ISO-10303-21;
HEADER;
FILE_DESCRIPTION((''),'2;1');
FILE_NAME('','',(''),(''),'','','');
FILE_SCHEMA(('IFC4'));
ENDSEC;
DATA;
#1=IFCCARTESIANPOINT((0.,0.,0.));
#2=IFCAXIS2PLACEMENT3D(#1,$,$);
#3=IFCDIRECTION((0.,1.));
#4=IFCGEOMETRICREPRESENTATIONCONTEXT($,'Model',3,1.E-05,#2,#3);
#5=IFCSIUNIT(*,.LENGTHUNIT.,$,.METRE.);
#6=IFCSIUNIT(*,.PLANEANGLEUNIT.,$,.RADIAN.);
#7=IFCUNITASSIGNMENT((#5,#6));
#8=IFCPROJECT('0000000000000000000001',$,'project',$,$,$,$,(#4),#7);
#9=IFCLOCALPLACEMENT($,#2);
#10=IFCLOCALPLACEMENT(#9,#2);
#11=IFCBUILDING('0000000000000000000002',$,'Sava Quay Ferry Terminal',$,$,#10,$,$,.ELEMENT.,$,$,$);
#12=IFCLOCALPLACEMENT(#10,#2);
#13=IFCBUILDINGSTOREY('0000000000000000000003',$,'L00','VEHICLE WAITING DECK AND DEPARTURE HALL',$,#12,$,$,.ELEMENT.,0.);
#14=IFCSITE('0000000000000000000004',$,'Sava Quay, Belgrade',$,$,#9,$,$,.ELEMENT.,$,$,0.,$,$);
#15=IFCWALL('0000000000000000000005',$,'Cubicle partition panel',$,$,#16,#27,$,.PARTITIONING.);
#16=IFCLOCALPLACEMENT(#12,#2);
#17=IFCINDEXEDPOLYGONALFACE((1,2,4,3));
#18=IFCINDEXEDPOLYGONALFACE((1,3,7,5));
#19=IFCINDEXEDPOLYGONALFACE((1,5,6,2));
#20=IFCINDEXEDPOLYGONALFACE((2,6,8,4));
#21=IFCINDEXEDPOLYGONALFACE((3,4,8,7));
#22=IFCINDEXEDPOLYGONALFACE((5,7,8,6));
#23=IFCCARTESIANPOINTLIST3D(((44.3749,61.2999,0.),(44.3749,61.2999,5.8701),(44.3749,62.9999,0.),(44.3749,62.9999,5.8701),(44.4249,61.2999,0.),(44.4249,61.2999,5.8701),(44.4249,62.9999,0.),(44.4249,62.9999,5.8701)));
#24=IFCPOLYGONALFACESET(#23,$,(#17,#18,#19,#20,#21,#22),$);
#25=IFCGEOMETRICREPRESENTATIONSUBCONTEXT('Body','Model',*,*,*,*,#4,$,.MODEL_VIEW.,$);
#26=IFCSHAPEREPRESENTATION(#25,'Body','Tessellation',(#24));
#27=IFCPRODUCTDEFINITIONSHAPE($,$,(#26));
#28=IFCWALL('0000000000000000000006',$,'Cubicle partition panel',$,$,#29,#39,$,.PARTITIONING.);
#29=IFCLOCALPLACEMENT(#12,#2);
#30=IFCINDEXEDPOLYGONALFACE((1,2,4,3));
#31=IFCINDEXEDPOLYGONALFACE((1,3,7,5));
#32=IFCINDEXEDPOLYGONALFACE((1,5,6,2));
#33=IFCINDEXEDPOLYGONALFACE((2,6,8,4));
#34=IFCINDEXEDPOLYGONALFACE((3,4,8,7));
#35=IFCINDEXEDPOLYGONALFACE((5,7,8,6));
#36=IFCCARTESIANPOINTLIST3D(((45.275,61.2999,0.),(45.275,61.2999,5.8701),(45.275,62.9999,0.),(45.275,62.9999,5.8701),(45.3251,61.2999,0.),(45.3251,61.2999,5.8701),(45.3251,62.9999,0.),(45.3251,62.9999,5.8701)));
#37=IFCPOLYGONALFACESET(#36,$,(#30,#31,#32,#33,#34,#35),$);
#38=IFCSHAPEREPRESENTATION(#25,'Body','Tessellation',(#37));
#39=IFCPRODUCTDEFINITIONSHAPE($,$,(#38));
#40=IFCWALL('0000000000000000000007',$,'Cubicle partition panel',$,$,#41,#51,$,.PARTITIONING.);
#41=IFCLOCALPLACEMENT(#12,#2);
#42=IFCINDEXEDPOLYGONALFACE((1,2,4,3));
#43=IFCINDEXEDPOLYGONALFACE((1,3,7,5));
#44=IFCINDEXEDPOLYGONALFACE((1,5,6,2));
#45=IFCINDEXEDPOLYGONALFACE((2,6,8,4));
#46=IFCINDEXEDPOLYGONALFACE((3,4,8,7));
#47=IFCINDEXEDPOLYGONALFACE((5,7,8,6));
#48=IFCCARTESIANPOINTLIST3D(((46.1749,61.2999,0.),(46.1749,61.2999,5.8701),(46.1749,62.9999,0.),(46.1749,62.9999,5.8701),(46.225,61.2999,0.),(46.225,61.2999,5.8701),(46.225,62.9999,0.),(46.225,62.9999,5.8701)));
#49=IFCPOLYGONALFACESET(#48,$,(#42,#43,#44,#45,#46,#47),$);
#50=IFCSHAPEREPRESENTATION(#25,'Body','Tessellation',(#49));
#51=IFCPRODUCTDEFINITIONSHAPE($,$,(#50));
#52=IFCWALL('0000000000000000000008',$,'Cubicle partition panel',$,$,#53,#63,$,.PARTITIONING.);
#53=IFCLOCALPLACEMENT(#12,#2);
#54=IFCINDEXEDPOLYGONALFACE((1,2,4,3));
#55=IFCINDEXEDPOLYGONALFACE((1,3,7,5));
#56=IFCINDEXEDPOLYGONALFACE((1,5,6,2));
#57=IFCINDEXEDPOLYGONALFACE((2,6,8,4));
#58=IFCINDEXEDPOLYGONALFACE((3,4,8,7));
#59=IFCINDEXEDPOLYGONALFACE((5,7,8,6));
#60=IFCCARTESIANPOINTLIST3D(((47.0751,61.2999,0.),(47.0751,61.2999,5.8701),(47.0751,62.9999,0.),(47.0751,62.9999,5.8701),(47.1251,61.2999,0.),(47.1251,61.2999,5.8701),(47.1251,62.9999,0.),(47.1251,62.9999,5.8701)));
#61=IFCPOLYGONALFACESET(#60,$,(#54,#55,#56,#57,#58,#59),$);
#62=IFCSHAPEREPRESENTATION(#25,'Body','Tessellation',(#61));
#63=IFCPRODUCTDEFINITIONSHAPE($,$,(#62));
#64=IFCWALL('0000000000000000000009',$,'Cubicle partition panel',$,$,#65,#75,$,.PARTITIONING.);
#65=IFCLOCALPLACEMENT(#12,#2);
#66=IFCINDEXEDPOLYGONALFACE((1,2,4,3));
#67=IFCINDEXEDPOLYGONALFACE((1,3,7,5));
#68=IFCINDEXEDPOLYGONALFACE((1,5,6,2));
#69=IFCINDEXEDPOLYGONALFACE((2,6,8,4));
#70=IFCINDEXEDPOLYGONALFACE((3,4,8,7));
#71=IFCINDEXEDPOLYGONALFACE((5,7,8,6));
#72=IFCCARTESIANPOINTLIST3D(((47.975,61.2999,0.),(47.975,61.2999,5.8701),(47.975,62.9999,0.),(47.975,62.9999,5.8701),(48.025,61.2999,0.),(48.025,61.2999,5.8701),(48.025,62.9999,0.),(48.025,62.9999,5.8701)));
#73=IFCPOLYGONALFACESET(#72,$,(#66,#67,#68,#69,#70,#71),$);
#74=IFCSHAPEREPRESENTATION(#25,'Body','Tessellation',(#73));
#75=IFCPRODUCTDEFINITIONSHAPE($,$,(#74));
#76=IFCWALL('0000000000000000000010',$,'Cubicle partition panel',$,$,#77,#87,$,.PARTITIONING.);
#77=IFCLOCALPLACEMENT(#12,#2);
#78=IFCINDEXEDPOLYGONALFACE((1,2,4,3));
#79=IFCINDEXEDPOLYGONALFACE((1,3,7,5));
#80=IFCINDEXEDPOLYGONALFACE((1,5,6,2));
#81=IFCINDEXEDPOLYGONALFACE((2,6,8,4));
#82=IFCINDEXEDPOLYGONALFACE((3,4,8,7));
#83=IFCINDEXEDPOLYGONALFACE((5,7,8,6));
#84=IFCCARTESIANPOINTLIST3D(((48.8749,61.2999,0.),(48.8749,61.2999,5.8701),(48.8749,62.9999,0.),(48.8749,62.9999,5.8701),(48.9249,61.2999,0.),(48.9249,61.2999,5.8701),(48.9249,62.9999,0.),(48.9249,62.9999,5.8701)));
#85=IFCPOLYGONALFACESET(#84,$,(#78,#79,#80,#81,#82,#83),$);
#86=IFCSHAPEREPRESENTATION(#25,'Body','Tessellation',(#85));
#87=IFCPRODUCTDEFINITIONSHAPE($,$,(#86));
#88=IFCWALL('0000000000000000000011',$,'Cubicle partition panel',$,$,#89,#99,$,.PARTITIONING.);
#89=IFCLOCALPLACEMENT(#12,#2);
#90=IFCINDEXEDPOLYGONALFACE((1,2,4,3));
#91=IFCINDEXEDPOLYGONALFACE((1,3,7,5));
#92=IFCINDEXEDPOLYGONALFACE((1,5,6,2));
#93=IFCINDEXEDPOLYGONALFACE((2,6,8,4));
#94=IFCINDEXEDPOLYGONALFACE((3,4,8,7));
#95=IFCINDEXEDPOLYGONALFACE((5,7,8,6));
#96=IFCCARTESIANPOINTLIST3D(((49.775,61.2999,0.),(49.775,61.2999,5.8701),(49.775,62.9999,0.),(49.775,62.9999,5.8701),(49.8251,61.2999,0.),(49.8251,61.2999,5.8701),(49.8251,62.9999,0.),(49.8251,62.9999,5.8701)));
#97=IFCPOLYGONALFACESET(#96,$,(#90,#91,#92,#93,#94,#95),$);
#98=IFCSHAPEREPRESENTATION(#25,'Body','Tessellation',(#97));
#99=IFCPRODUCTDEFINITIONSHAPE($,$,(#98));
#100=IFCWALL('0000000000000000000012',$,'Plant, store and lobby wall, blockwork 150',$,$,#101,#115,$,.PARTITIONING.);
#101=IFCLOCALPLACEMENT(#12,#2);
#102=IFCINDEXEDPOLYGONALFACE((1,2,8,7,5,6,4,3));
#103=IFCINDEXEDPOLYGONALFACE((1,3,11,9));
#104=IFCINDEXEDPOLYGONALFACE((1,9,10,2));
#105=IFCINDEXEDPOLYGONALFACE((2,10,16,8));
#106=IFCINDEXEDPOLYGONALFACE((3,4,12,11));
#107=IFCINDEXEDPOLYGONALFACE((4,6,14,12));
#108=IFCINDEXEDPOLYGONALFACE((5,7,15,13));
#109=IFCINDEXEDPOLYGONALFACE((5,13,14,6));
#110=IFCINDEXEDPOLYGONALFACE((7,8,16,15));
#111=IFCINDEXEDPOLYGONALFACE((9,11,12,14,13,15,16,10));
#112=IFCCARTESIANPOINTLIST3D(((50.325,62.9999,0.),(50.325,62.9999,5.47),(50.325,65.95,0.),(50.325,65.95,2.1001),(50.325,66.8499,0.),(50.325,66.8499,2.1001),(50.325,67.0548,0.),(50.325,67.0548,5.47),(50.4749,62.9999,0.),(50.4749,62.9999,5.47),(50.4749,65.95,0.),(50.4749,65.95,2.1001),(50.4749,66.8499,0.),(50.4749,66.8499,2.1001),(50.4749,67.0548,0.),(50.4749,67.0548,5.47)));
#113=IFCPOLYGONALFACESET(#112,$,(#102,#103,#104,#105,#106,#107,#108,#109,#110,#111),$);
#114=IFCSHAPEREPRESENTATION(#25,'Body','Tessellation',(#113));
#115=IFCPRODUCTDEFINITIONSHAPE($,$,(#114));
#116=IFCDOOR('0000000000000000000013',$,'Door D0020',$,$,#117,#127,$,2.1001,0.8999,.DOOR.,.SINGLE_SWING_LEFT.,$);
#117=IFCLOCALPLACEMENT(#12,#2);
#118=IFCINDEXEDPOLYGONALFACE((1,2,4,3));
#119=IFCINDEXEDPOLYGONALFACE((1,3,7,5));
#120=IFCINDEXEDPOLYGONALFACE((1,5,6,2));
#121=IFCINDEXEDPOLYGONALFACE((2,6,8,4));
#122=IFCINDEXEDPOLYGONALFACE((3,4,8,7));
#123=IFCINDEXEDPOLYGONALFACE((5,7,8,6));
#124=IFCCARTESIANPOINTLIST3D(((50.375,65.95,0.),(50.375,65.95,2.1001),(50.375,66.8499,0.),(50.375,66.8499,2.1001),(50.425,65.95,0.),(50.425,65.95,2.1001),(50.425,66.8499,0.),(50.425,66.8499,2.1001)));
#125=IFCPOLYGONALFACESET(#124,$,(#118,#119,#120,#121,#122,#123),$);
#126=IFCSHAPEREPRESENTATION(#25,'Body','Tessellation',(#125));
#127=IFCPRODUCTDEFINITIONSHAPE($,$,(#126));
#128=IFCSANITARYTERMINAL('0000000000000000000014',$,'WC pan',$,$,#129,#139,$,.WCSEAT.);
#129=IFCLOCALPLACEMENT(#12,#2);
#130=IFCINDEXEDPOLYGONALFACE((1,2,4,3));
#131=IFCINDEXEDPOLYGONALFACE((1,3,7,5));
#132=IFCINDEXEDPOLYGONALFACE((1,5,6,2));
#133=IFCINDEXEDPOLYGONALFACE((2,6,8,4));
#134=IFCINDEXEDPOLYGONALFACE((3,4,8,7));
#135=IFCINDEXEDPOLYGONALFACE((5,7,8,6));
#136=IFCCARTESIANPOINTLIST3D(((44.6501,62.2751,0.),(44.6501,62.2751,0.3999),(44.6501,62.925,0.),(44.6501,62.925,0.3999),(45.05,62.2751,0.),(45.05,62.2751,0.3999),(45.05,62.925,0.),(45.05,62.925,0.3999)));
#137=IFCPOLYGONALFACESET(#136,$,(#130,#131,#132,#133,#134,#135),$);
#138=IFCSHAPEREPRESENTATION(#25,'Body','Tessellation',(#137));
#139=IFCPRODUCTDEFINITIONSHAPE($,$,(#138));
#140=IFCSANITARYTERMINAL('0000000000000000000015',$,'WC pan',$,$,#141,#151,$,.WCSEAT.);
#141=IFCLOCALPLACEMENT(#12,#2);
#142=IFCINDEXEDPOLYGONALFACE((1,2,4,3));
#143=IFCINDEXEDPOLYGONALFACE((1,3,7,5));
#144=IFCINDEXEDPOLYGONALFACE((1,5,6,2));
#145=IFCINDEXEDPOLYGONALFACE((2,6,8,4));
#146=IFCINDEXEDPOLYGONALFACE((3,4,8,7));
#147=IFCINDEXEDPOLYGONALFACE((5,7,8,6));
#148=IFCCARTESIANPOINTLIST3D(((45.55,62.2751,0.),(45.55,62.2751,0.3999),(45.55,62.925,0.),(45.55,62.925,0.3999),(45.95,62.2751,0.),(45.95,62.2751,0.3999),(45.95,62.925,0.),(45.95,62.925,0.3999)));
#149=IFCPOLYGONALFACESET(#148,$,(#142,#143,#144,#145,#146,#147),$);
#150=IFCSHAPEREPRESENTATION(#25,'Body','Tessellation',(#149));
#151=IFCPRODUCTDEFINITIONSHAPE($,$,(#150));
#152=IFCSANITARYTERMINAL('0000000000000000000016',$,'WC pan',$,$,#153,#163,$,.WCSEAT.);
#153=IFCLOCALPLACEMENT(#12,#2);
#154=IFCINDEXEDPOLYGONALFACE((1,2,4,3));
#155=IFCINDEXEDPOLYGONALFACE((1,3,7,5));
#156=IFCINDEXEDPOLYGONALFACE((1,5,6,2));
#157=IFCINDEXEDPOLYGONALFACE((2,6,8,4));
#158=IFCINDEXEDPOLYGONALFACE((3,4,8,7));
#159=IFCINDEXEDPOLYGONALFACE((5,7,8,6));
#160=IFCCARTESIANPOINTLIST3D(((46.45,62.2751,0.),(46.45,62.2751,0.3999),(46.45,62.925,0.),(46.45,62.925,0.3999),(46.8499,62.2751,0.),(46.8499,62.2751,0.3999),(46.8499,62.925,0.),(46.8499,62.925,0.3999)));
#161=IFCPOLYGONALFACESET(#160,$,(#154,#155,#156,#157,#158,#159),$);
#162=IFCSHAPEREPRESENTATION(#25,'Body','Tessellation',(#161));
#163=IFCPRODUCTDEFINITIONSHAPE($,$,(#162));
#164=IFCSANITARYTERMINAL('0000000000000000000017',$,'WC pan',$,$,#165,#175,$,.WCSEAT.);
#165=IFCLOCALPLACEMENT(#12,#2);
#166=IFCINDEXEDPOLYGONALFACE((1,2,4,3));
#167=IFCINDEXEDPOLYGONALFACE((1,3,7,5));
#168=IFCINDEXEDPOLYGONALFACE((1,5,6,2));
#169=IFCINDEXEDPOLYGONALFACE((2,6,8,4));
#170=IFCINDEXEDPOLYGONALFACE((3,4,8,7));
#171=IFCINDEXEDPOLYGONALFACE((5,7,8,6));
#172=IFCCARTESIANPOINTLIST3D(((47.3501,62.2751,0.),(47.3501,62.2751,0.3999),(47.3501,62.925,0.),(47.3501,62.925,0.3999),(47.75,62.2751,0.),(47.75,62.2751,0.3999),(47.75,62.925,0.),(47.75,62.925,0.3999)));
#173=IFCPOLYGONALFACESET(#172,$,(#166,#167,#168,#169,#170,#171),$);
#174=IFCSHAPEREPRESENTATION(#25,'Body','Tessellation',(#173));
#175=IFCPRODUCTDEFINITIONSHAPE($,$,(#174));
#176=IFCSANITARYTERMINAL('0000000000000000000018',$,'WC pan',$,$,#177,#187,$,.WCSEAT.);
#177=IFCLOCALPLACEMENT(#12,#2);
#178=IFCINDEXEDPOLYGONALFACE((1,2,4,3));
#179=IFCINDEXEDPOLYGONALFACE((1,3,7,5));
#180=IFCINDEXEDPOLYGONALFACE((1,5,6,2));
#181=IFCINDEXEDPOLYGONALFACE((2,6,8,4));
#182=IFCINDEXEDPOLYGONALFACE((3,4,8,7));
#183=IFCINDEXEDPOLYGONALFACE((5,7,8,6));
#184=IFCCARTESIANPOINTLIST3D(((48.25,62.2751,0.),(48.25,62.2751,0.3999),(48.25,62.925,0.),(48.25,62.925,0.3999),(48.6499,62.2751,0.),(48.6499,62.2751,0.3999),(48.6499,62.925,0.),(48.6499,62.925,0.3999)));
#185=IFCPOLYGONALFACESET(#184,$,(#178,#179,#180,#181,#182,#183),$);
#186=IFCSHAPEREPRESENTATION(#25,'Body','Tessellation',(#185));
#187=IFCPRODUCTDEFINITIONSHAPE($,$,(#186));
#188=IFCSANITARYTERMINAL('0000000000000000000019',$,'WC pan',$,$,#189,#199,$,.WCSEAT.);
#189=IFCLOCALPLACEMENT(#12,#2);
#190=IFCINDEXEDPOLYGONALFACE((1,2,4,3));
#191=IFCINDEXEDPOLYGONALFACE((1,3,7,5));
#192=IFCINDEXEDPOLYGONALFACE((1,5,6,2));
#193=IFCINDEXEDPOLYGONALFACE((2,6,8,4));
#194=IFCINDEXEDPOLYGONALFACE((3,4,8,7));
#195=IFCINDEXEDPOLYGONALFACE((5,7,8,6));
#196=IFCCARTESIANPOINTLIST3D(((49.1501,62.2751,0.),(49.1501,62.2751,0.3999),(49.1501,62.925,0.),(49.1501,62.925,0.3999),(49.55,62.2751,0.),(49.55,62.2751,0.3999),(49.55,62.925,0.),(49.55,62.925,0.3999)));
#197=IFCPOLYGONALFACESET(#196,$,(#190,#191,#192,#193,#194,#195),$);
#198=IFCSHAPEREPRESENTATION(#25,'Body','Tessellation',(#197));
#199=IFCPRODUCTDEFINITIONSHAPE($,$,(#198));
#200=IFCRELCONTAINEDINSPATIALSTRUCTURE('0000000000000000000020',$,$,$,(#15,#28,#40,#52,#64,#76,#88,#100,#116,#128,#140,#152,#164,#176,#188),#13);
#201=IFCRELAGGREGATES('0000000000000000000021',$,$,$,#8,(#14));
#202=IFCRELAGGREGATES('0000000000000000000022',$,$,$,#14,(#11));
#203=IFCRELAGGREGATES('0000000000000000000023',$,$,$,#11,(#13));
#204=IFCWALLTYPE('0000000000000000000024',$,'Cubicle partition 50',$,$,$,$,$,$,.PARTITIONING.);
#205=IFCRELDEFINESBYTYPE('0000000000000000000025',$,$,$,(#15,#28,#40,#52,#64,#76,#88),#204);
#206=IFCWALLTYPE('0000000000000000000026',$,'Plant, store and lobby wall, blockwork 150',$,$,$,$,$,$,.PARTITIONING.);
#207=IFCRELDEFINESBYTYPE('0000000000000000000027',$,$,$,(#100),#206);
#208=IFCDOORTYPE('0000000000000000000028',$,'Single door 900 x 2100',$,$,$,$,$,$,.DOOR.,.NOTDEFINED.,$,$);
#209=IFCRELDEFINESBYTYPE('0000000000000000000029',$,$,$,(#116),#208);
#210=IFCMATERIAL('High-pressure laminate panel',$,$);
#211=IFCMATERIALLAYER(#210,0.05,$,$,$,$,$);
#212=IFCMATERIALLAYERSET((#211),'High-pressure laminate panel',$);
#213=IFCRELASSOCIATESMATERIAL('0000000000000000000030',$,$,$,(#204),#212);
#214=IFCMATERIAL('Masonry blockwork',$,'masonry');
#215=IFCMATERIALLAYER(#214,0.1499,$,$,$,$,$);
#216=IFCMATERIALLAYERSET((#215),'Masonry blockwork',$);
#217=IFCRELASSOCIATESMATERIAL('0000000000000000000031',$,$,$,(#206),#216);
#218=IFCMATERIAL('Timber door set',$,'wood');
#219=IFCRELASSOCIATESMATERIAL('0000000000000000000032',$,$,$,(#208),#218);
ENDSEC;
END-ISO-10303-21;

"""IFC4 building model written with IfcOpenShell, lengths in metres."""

from ifc_helpers import new_model, si_unit, direction, frame, frame_2d, origin, origin_2d, place, context, subcontext, project, spatial, rectangle, extrude, material, layer, layer_set, type_object, element, fill, save


model = new_model("IFC4")

# Units and contexts
model_context = context("Model", 3, precision=1e-05, world=origin(), true_north=direction((0.0, 1.0)))
body_context = subcontext(model_context, "Body", "Model", "MODEL_VIEW")
ifc_project = project(units=[si_unit("LENGTHUNIT", "METRE"), si_unit("PLANEANGLEUNIT", "RADIAN")], contexts=[model_context])

# Site, building, storey
site_placement = place(None, origin())
site = spatial("IfcSite", under=ifc_project, at=site_placement, Name="Sava Quay, Belgrade", CompositionType="ELEMENT", RefElevation=0.0)
building_placement = place(site_placement, origin())
building = spatial("IfcBuilding", under=site, at=building_placement, Name="Sava Quay Ferry Terminal", CompositionType="ELEMENT")
storey_placement = place(building_placement, origin())
storey = spatial("IfcBuildingStorey", under=building, at=storey_placement, Name="L00", Description="VEHICLE WAITING DECK AND DEPARTURE HALL", CompositionType="ELEMENT", Elevation=0.0)

# Shared definitions
ifc_material_1 = material(Name="High-pressure laminate panel")
ifc_layer_1 = layer(ifc_material_1, 0.05)
ifc_layer_set_1 = layer_set([ifc_layer_1], Name="High-pressure laminate panel")
wall_type_1 = type_object("IfcWallType", Name="Cubicle partition 50", PredefinedType="PARTITIONING", material=ifc_layer_set_1)

# Walls
for number, where, z_axis, x_axis, name in (
    (1, (44.3999, 63.0, 0.0), (0.0, 0.0, 1.0), (0.0, -1.0, 0.0), "Cubicle partition panel"),
    (2, (45.3, 63.0, 0.0), (0.0, 0.0, 1.0), (0.0, -1.0, 0.0), "Cubicle partition panel"),
    (3, (46.2, 63.0, 0.0), (0.0, 0.0, 1.0), (0.0, -1.0, 0.0), "Cubicle partition panel"),
    (4, (47.1001, 63.0, 0.0), (0.0, 0.0, 1.0), (0.0, -1.0, 0.0), "Cubicle partition panel"),
    (5, (48.0, 63.0, 0.0), (0.0, 0.0, 1.0), (0.0, -1.0, 0.0), "Cubicle partition panel"),
    (6, (48.8999, 63.0, 0.0), (0.0, 0.0, 1.0), (0.0, -1.0, 0.0), "Cubicle partition panel"),
    (7, (49.8, 63.0, 0.0), (0.0, 0.0, 1.0), (0.0, -1.0, 0.0), "Cubicle partition panel"),
):
    element("IfcWall", number, at=place(storey_placement, frame(where, z_axis=z_axis, x_axis=x_axis)), inside=storey, type_object=wall_type_1, Name=name, PredefinedType="PARTITIONING", context=body_context, shape_type="SweptSolid", body=[
        extrude(rectangle(XDim=1.7, YDim=0.05, at=frame_2d((0.8501, 0.0))), origin(), (0.0, 0.0, 1.0), 5.8701),
    ])

# Wall, opening, door
ifc_material_2 = material(Name="Masonry blockwork", Category="masonry")
ifc_layer_2 = layer(ifc_material_2, 0.1499)
ifc_layer_set_2 = layer_set([ifc_layer_2], Name="Masonry blockwork")
wall_type_2 = type_object("IfcWallType", Name="Plant, store and lobby wall, blockwork 150", PredefinedType="PARTITIONING", material=ifc_layer_set_2)
wall_1_placement = place(storey_placement, frame((50.3999, 63.0, 0.0), z_axis=(0.0, 0.0, 1.0), x_axis=(0.0, 1.0, 0.0)))
wall_1 = element("IfcWall", 8, at=wall_1_placement, inside=storey, type_object=wall_type_2, Name="Plant, store and lobby wall, blockwork 150", PredefinedType="PARTITIONING", context=body_context, shape_type="SweptSolid", body=[
    extrude(rectangle(XDim=4.0549, YDim=0.1499, at=frame_2d((2.0273, 0.0))), origin(), (0.0, 0.0, 1.0), 5.47),
])
opening_1_placement = place(wall_1_placement, frame((2.95, 0.0, 0.0)))
opening_1 = element("IfcOpeningElement", 9, at=opening_1_placement, cuts=wall_1, PredefinedType="OPENING", context=body_context, shape_type="SweptSolid", body=[
    extrude(rectangle(XDim=0.8999, YDim=2.1001, at=frame_2d((0.45, 1.05))), frame((0.0, 0.075, 0.0), z_axis=(0.0, -1.0, 0.0), x_axis=(1.0, 0.0, 0.0)), (0.0, 0.0, 1.0), 0.1499),
])
ifc_material_3 = material(Name="Timber door set", Category="wood")
door_type_1 = type_object("IfcDoorType", Name="Single door 900 x 2100", OperationType="NOTDEFINED", PredefinedType="DOOR", material=ifc_material_3)
door_1_placement = place(opening_1_placement, origin())
door_1 = element("IfcDoor", 10, at=door_1_placement, inside=storey, type_object=door_type_1, Name="Door D0020", OperationType="SINGLE_SWING_LEFT", OverallHeight=2.1001, OverallWidth=0.8999, PredefinedType="DOOR", context=body_context, shape_type="SweptSolid", body=[
    extrude(rectangle(XDim=0.8999, YDim=2.1001, at=frame_2d((0.45, 1.05))), frame((0.0, 0.0249, 0.0), z_axis=(0.0, -1.0, 0.0), x_axis=(1.0, 0.0, 0.0)), (0.0, 0.0, 1.0), 0.05),
])
fill(opening_1, door_1)

# Sanitary terminals
for number, where, z_axis, x_axis, name in (
    (11, (44.8501, 62.6001, 0.0), (0.0, 0.0, 1.0), (1.0, 0.0, 0.0), "WC pan"),
    (12, (45.75, 62.6001, 0.0), (0.0, 0.0, 1.0), (1.0, 0.0, 0.0), "WC pan"),
    (13, (46.6499, 62.6001, 0.0), (0.0, 0.0, 1.0), (1.0, 0.0, 0.0), "WC pan"),
    (14, (47.55, 62.6001, 0.0), (0.0, 0.0, 1.0), (1.0, 0.0, 0.0), "WC pan"),
    (15, (48.45, 62.6001, 0.0), (0.0, 0.0, 1.0), (1.0, 0.0, 0.0), "WC pan"),
    (16, (49.3501, 62.6001, 0.0), (0.0, 0.0, 1.0), (1.0, 0.0, 0.0), "WC pan"),
):
    element("IfcSanitaryTerminal", number, at=place(storey_placement, frame(where, z_axis=z_axis, x_axis=x_axis)), inside=storey, Name=name, PredefinedType="WCSEAT", context=body_context, shape_type="SweptSolid", body=[
        extrude(rectangle(XDim=0.3999, YDim=0.6499, at=origin_2d()), origin(), (0.0, 0.0, 1.0), 0.3999),
    ])

save(model, "model.ifc")
